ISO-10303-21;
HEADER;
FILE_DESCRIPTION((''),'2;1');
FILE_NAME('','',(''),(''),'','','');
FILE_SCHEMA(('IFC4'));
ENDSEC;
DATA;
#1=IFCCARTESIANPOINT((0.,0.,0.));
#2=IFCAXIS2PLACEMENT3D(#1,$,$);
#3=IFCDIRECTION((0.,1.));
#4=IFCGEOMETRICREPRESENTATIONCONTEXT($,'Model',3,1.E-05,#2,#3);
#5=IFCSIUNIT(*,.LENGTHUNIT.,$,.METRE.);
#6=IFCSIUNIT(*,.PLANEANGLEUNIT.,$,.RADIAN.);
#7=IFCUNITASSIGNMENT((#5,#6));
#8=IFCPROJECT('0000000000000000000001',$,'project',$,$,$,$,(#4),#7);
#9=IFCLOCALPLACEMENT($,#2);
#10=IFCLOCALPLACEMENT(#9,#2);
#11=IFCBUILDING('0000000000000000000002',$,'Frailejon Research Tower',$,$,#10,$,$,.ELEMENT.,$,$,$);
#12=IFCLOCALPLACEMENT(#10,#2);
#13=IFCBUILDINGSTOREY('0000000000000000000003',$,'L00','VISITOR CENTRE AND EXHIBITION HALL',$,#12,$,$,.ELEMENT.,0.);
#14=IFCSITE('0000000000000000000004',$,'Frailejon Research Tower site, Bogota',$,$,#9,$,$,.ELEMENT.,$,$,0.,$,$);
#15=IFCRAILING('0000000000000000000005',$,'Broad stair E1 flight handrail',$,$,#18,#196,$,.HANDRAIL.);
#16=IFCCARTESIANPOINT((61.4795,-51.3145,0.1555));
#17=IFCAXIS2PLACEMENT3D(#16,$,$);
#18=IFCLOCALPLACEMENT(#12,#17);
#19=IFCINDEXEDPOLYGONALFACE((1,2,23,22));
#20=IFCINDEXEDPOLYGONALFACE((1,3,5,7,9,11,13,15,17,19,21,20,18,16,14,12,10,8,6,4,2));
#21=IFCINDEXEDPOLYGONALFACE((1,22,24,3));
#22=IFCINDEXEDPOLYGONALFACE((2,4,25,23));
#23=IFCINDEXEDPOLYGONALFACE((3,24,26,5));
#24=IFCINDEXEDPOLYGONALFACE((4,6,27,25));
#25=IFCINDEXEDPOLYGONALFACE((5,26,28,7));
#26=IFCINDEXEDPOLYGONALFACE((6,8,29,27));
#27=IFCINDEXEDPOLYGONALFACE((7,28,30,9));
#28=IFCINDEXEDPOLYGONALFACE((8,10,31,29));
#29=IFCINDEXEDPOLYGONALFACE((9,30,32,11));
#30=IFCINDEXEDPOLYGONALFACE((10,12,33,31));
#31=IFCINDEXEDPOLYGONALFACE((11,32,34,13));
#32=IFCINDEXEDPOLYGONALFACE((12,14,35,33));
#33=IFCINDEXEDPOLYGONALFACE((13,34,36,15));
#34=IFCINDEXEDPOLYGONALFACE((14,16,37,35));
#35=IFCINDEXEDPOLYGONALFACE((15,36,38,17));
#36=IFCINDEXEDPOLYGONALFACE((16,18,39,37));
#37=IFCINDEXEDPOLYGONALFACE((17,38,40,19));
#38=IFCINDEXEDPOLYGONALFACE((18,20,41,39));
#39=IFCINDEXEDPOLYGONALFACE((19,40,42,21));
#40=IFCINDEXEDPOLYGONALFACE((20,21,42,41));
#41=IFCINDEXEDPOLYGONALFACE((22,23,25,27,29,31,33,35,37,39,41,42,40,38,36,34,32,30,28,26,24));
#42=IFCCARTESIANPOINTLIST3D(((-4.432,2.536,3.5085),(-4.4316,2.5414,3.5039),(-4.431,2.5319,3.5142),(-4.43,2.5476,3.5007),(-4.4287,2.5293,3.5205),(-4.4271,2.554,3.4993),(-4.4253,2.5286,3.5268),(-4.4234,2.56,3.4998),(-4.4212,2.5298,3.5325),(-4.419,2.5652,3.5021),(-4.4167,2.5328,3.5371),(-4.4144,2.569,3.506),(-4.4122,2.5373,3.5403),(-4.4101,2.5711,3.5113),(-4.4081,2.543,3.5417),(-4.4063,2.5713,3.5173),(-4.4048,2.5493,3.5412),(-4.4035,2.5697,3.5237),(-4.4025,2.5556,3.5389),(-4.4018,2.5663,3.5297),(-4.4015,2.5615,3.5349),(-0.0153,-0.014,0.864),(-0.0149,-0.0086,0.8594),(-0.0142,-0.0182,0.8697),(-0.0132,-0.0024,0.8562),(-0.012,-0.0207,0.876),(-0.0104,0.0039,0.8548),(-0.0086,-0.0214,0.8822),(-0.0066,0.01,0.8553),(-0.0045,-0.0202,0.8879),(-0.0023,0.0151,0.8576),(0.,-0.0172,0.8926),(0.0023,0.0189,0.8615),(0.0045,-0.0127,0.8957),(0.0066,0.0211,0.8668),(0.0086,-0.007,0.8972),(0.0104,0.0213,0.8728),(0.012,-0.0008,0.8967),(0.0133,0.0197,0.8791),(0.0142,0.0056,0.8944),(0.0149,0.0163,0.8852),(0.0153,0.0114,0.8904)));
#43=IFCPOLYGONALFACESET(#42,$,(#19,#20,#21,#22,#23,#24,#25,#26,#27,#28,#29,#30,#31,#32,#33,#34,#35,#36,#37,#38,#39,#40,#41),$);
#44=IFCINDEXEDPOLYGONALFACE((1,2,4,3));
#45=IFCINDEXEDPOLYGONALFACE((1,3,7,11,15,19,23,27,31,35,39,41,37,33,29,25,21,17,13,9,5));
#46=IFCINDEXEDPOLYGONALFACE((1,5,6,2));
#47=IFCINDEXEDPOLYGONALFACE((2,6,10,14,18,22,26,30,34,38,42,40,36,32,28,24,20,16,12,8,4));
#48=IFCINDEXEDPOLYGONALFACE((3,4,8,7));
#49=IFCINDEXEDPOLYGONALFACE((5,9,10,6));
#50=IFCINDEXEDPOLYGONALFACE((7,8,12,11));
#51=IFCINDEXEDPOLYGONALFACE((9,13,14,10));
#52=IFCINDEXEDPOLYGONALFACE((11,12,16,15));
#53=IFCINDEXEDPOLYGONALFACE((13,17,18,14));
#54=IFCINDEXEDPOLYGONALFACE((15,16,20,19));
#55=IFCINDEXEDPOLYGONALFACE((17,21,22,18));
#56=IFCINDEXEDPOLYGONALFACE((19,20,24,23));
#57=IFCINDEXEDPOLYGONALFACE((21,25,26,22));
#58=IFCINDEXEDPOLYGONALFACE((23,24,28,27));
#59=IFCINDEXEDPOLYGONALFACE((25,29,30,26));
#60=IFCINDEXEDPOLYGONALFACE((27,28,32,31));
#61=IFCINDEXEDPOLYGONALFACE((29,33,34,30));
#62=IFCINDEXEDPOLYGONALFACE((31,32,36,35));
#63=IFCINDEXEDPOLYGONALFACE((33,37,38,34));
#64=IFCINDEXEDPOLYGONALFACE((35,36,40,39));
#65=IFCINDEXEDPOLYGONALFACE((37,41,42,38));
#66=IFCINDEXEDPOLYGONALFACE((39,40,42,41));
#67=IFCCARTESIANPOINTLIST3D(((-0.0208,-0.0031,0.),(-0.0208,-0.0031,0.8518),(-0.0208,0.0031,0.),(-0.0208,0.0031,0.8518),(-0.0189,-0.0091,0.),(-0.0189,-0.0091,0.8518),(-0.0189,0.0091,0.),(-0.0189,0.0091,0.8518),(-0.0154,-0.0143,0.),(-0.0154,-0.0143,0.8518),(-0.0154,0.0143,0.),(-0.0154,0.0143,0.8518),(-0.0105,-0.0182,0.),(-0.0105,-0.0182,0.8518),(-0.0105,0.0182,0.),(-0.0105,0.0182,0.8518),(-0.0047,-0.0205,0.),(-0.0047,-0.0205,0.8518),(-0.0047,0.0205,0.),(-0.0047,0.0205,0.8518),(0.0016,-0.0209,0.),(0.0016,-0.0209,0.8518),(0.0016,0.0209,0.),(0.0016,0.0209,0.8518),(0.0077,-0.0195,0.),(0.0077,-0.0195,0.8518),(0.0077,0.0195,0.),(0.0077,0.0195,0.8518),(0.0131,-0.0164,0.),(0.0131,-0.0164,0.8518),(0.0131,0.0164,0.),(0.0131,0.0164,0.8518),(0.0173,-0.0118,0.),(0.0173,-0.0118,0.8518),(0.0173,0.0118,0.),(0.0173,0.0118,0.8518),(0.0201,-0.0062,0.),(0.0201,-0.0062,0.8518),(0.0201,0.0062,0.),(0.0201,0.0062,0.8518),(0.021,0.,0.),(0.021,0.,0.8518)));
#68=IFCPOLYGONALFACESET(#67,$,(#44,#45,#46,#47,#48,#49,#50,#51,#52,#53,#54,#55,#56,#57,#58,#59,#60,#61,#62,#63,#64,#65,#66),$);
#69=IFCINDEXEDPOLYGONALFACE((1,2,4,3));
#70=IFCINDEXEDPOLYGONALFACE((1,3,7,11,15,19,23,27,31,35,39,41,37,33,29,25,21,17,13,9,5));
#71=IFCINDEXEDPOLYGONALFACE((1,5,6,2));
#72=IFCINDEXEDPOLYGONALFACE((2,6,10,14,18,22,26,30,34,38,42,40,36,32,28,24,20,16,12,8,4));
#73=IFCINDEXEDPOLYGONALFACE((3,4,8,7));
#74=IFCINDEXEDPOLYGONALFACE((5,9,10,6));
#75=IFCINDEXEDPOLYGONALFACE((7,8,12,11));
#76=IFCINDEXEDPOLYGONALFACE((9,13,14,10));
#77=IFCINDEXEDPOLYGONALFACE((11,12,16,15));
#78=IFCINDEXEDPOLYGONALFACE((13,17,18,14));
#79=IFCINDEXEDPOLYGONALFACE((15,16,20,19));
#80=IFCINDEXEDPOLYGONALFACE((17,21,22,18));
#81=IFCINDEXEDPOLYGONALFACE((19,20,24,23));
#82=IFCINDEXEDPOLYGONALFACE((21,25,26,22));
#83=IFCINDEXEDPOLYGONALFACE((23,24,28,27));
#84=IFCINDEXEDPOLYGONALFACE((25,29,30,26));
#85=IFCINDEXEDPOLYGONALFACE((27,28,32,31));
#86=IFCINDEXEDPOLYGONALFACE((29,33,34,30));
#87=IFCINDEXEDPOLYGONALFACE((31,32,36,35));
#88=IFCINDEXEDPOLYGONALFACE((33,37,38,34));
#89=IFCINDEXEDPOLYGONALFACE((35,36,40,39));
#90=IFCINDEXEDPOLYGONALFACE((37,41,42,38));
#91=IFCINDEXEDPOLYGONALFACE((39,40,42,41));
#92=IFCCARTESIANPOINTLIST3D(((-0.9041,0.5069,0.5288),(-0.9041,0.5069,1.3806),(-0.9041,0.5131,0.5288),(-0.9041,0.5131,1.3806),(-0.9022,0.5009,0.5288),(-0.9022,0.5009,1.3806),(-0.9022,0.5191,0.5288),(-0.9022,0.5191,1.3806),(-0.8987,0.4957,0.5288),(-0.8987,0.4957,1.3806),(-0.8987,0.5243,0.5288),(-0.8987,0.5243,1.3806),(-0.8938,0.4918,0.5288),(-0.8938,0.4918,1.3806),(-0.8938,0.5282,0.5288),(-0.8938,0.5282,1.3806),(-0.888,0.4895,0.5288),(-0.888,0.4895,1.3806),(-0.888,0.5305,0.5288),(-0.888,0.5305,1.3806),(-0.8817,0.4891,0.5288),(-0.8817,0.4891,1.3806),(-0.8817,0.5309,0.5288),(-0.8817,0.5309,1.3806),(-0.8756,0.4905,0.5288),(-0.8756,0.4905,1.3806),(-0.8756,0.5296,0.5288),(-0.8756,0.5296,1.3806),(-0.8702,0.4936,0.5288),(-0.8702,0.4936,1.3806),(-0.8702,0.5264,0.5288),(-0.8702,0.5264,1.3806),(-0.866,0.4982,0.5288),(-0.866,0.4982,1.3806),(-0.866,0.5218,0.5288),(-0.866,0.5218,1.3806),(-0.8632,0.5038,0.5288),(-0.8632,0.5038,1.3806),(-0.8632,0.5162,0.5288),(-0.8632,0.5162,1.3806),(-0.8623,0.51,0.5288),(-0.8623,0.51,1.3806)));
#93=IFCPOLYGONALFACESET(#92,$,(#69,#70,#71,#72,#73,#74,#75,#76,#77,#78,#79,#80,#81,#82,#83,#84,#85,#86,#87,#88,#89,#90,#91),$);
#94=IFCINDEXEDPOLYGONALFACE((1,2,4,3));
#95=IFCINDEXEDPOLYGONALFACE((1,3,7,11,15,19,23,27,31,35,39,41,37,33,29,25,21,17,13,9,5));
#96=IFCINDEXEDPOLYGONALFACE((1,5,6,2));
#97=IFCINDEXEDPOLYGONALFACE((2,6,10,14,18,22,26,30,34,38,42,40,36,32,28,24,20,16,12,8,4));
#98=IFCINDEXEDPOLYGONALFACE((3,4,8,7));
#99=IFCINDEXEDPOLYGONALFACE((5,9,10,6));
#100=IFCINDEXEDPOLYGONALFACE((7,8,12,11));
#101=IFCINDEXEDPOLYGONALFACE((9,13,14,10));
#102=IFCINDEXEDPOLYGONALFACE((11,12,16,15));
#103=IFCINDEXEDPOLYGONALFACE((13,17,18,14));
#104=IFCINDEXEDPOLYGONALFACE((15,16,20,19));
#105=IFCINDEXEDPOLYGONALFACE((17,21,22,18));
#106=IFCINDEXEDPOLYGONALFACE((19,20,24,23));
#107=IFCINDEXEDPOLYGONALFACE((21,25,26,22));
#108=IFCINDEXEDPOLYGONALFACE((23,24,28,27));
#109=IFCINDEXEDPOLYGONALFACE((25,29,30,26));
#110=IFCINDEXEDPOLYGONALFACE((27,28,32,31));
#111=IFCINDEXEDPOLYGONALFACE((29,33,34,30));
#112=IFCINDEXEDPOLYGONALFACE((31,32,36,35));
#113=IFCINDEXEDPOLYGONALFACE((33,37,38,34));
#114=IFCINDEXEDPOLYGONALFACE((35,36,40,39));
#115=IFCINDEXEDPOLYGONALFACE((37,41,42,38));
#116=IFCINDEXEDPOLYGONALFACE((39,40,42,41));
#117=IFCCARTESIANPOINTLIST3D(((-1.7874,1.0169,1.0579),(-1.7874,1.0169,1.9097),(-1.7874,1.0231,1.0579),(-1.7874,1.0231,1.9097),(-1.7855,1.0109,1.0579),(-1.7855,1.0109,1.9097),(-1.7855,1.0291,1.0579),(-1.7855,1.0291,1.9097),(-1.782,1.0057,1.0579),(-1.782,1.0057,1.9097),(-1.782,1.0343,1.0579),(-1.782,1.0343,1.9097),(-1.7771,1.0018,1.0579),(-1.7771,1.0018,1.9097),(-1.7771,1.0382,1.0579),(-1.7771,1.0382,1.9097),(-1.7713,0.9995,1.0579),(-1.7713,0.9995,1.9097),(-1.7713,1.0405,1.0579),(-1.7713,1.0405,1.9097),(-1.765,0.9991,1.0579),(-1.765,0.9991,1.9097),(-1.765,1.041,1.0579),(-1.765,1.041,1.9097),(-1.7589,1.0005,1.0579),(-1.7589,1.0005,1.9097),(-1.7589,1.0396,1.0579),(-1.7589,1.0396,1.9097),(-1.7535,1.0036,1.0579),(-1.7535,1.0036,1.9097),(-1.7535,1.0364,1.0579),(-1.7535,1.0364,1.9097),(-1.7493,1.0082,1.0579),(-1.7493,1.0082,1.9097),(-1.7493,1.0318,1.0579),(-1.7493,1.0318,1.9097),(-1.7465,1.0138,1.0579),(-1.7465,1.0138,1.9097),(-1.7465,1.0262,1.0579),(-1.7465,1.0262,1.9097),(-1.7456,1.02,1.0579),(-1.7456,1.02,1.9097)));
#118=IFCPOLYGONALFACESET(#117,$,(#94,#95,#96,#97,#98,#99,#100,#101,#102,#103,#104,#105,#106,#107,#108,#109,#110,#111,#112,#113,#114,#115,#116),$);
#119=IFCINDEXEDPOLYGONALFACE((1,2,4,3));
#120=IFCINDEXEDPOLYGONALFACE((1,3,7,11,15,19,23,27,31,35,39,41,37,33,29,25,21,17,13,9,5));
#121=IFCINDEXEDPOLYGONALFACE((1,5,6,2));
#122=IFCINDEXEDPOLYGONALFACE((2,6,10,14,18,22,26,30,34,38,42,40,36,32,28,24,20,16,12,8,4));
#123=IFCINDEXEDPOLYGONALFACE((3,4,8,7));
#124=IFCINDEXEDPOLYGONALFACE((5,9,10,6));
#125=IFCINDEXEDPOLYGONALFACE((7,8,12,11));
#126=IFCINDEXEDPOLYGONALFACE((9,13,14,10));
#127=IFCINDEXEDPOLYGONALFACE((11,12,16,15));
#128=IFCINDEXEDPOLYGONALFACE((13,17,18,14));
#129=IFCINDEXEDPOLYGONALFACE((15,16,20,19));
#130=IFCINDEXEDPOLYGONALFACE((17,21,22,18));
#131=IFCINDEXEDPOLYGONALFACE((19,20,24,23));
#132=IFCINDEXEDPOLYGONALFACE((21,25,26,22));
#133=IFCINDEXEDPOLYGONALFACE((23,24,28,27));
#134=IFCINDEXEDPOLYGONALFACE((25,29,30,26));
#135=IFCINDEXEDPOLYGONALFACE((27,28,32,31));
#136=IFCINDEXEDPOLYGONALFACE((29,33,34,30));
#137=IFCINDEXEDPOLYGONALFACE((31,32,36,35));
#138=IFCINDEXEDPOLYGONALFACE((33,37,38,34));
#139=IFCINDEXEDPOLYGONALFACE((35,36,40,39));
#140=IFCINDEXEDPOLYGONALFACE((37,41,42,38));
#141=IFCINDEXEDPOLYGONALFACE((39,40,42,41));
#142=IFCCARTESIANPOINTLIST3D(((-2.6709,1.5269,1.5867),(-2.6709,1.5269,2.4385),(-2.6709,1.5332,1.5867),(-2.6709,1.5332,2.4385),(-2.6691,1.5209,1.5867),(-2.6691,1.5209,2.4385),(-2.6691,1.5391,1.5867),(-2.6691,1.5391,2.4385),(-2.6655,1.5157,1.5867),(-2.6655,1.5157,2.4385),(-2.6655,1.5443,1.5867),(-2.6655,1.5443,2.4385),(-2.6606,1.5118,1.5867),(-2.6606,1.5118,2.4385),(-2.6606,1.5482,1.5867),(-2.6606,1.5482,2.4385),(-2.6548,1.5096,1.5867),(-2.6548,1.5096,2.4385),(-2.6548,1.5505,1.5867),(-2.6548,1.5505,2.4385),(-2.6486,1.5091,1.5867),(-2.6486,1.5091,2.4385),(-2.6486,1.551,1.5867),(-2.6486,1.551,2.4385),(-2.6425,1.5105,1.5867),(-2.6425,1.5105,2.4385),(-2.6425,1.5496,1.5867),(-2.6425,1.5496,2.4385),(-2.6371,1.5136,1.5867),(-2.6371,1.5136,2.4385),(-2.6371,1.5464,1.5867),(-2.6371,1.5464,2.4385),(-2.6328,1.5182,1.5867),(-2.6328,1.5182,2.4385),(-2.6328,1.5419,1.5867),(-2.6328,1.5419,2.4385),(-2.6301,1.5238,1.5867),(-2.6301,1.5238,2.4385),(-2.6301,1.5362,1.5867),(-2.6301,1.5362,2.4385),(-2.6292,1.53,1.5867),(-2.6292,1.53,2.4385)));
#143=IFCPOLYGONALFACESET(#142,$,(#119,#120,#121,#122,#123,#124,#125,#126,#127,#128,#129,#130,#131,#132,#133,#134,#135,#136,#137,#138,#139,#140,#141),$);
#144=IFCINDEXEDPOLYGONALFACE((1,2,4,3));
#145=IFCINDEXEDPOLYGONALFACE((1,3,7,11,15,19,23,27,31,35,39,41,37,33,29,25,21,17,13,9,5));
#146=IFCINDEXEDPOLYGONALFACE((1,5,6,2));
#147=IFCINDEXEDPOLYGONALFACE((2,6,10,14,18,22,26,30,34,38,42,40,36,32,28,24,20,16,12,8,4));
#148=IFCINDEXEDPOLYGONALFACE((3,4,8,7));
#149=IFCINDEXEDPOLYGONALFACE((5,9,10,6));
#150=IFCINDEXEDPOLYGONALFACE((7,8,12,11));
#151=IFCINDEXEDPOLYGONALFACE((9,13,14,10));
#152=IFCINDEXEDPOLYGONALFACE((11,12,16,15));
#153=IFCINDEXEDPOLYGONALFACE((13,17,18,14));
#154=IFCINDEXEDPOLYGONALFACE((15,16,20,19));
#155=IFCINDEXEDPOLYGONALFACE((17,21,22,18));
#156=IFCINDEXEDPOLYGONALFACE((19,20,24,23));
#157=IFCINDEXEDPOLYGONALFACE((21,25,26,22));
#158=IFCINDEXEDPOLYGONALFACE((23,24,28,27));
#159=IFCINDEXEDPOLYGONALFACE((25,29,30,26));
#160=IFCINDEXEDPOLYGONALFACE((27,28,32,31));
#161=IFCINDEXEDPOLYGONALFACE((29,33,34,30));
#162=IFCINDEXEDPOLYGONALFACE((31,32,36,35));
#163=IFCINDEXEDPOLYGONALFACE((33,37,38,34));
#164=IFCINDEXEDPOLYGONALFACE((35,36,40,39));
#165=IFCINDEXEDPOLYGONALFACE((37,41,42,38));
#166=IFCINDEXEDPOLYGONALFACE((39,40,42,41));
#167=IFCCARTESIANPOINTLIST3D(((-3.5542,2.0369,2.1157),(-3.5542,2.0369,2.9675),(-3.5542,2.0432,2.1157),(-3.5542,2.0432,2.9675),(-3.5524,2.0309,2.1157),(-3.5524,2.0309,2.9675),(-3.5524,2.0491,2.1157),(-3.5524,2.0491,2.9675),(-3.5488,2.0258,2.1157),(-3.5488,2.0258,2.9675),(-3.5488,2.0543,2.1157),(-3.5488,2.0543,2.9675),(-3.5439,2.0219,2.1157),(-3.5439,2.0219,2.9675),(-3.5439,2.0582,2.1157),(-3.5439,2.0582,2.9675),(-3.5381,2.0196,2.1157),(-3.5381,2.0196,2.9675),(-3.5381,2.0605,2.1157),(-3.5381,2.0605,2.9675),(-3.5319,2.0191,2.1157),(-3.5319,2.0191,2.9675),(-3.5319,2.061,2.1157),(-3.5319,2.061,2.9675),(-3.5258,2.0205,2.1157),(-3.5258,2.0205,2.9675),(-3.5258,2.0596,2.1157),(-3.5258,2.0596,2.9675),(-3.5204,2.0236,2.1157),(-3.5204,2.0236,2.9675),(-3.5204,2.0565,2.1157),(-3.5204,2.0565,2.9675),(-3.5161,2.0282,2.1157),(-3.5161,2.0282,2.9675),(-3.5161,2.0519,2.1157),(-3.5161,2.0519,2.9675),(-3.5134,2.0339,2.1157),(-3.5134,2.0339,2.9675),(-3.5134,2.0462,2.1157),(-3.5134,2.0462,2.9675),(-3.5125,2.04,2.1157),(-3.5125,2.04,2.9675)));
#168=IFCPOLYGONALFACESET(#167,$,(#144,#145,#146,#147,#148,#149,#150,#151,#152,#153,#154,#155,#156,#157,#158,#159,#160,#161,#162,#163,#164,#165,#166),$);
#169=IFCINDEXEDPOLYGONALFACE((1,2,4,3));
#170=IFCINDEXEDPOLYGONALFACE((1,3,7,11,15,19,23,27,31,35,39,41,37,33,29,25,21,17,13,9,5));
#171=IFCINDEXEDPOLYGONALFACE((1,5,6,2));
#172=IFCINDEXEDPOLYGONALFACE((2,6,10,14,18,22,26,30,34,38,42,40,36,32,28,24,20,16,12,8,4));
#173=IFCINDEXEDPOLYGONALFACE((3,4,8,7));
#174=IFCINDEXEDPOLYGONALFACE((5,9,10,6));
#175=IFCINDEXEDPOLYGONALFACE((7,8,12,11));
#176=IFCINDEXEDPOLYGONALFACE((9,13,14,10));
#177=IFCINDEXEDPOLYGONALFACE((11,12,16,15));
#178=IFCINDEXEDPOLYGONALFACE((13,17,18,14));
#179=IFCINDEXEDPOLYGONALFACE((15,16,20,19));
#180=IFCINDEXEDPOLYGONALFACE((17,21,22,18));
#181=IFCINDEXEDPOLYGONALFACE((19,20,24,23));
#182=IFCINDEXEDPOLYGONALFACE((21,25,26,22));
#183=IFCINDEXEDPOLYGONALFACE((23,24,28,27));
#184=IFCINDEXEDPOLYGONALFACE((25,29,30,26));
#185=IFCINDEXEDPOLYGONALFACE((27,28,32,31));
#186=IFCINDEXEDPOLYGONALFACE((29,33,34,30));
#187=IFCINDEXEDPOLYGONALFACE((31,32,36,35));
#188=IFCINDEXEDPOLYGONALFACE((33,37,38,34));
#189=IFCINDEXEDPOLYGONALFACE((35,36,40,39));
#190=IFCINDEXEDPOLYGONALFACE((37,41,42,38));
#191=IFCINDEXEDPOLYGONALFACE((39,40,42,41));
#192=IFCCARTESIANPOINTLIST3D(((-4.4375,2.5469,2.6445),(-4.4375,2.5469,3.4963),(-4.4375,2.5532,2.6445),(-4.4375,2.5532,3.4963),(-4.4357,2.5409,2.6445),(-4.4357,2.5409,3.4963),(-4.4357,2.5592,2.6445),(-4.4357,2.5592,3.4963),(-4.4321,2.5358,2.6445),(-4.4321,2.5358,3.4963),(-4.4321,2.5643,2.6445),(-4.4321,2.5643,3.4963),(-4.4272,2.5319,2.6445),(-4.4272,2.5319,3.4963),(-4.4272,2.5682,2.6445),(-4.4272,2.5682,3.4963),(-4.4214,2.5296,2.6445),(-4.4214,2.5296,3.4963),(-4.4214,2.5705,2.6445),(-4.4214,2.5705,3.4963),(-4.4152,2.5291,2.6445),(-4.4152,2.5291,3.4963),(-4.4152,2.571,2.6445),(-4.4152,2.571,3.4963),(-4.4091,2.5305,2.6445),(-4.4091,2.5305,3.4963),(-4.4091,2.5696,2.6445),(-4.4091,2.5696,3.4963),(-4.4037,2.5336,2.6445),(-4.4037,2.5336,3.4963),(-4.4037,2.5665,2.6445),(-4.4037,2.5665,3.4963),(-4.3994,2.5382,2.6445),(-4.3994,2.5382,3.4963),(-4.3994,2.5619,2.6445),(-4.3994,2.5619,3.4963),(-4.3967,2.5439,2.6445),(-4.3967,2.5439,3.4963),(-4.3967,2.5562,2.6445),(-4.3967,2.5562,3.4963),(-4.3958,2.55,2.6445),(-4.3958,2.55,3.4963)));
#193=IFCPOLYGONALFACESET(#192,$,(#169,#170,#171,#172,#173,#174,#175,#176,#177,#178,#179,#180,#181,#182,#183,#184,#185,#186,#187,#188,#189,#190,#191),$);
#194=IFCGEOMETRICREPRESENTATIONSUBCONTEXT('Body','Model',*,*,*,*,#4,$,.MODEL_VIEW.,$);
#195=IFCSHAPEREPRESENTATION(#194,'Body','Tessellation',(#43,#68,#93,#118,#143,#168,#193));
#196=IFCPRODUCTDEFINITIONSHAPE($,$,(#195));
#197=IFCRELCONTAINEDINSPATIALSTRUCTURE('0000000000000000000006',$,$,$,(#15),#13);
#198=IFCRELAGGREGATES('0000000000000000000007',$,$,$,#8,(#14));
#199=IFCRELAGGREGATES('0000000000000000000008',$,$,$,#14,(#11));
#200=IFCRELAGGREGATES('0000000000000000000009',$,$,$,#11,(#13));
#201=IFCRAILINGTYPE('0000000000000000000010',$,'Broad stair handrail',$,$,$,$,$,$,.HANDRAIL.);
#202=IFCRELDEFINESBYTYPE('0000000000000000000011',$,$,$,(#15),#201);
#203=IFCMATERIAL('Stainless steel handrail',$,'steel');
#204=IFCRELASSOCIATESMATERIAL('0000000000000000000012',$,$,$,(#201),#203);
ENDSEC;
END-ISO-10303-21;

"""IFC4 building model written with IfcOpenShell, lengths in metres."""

from ifc_helpers import new_model, si_unit, direction, frame, origin, origin_2d, place, context, subcontext, project, spatial, circle, extrude, material, type_object, element, save


model = new_model("IFC4")

# Units and contexts
model_context = context("Model", 3, precision=1e-05, world=origin(), true_north=direction((0.0, 1.0)))
body_context = subcontext(model_context, "Body", "Model", "MODEL_VIEW")
ifc_project = project(units=[si_unit("LENGTHUNIT", "METRE"), si_unit("PLANEANGLEUNIT", "RADIAN")], contexts=[model_context])

# Site, building, storey
site_placement = place(None, origin())
site = spatial("IfcSite", under=ifc_project, at=site_placement, Name="Frailejon Research Tower site, Bogota", CompositionType="ELEMENT", RefElevation=0.0)
building_placement = place(site_placement, origin())
building = spatial("IfcBuilding", under=site, at=building_placement, Name="Frailejon Research Tower", CompositionType="ELEMENT")
storey_placement = place(building_placement, origin())
storey = spatial("IfcBuildingStorey", under=building, at=storey_placement, Name="L00", Description="VISITOR CENTRE AND EXHIBITION HALL", CompositionType="ELEMENT", Elevation=0.0)

# Railing
ifc_material_1 = material(Name="Stainless steel handrail", Category="steel")
railing_type_1 = type_object("IfcRailingType", Name="Broad stair handrail", PredefinedType="HANDRAIL", material=ifc_material_1)
for number, where, name in (
    (1, (61.4795, -51.3145, 0.1555), "Broad stair E1 flight handrail"),
):
    element("IfcRailing", number, at=place(storey_placement, frame(where)), inside=storey, type_object=railing_type_1, Name=name, PredefinedType="HANDRAIL", context=body_context, shape_type="SweptSolid", body=[
        extrude(circle(Radius=0.0239, at=origin_2d()), frame((0.0, 0.0, 0.876), z_axis=(-0.768811, 0.44388, 0.460326), x_axis=(-0.500006, -0.866022, 0.0)), (0.0, 0.0, 1.0), 5.7449),
        extrude(circle(Radius=0.021, at=origin_2d()), origin(), (0.0, 0.0, 1.0), 0.8518),
        extrude(circle(Radius=0.021, at=origin_2d()), frame((-0.8833, 0.51, 0.5288)), (0.0, 0.0, 1.0), 0.8518),
        extrude(circle(Radius=0.021, at=origin_2d()), frame((-1.7666, 1.02, 1.0579)), (0.0, 0.0, 1.0), 0.8518),
        extrude(circle(Radius=0.021, at=origin_2d()), frame((-2.6501, 1.53, 1.5867)), (0.0, 0.0, 1.0), 0.8518),
        extrude(circle(Radius=0.021, at=origin_2d()), frame((-3.5334, 2.04, 2.1157)), (0.0, 0.0, 1.0), 0.8518),
        extrude(circle(Radius=0.021, at=origin_2d()), frame((-4.4167, 2.55, 2.6445)), (0.0, 0.0, 1.0), 0.8518),
    ])

save(model, "model.ifc")
